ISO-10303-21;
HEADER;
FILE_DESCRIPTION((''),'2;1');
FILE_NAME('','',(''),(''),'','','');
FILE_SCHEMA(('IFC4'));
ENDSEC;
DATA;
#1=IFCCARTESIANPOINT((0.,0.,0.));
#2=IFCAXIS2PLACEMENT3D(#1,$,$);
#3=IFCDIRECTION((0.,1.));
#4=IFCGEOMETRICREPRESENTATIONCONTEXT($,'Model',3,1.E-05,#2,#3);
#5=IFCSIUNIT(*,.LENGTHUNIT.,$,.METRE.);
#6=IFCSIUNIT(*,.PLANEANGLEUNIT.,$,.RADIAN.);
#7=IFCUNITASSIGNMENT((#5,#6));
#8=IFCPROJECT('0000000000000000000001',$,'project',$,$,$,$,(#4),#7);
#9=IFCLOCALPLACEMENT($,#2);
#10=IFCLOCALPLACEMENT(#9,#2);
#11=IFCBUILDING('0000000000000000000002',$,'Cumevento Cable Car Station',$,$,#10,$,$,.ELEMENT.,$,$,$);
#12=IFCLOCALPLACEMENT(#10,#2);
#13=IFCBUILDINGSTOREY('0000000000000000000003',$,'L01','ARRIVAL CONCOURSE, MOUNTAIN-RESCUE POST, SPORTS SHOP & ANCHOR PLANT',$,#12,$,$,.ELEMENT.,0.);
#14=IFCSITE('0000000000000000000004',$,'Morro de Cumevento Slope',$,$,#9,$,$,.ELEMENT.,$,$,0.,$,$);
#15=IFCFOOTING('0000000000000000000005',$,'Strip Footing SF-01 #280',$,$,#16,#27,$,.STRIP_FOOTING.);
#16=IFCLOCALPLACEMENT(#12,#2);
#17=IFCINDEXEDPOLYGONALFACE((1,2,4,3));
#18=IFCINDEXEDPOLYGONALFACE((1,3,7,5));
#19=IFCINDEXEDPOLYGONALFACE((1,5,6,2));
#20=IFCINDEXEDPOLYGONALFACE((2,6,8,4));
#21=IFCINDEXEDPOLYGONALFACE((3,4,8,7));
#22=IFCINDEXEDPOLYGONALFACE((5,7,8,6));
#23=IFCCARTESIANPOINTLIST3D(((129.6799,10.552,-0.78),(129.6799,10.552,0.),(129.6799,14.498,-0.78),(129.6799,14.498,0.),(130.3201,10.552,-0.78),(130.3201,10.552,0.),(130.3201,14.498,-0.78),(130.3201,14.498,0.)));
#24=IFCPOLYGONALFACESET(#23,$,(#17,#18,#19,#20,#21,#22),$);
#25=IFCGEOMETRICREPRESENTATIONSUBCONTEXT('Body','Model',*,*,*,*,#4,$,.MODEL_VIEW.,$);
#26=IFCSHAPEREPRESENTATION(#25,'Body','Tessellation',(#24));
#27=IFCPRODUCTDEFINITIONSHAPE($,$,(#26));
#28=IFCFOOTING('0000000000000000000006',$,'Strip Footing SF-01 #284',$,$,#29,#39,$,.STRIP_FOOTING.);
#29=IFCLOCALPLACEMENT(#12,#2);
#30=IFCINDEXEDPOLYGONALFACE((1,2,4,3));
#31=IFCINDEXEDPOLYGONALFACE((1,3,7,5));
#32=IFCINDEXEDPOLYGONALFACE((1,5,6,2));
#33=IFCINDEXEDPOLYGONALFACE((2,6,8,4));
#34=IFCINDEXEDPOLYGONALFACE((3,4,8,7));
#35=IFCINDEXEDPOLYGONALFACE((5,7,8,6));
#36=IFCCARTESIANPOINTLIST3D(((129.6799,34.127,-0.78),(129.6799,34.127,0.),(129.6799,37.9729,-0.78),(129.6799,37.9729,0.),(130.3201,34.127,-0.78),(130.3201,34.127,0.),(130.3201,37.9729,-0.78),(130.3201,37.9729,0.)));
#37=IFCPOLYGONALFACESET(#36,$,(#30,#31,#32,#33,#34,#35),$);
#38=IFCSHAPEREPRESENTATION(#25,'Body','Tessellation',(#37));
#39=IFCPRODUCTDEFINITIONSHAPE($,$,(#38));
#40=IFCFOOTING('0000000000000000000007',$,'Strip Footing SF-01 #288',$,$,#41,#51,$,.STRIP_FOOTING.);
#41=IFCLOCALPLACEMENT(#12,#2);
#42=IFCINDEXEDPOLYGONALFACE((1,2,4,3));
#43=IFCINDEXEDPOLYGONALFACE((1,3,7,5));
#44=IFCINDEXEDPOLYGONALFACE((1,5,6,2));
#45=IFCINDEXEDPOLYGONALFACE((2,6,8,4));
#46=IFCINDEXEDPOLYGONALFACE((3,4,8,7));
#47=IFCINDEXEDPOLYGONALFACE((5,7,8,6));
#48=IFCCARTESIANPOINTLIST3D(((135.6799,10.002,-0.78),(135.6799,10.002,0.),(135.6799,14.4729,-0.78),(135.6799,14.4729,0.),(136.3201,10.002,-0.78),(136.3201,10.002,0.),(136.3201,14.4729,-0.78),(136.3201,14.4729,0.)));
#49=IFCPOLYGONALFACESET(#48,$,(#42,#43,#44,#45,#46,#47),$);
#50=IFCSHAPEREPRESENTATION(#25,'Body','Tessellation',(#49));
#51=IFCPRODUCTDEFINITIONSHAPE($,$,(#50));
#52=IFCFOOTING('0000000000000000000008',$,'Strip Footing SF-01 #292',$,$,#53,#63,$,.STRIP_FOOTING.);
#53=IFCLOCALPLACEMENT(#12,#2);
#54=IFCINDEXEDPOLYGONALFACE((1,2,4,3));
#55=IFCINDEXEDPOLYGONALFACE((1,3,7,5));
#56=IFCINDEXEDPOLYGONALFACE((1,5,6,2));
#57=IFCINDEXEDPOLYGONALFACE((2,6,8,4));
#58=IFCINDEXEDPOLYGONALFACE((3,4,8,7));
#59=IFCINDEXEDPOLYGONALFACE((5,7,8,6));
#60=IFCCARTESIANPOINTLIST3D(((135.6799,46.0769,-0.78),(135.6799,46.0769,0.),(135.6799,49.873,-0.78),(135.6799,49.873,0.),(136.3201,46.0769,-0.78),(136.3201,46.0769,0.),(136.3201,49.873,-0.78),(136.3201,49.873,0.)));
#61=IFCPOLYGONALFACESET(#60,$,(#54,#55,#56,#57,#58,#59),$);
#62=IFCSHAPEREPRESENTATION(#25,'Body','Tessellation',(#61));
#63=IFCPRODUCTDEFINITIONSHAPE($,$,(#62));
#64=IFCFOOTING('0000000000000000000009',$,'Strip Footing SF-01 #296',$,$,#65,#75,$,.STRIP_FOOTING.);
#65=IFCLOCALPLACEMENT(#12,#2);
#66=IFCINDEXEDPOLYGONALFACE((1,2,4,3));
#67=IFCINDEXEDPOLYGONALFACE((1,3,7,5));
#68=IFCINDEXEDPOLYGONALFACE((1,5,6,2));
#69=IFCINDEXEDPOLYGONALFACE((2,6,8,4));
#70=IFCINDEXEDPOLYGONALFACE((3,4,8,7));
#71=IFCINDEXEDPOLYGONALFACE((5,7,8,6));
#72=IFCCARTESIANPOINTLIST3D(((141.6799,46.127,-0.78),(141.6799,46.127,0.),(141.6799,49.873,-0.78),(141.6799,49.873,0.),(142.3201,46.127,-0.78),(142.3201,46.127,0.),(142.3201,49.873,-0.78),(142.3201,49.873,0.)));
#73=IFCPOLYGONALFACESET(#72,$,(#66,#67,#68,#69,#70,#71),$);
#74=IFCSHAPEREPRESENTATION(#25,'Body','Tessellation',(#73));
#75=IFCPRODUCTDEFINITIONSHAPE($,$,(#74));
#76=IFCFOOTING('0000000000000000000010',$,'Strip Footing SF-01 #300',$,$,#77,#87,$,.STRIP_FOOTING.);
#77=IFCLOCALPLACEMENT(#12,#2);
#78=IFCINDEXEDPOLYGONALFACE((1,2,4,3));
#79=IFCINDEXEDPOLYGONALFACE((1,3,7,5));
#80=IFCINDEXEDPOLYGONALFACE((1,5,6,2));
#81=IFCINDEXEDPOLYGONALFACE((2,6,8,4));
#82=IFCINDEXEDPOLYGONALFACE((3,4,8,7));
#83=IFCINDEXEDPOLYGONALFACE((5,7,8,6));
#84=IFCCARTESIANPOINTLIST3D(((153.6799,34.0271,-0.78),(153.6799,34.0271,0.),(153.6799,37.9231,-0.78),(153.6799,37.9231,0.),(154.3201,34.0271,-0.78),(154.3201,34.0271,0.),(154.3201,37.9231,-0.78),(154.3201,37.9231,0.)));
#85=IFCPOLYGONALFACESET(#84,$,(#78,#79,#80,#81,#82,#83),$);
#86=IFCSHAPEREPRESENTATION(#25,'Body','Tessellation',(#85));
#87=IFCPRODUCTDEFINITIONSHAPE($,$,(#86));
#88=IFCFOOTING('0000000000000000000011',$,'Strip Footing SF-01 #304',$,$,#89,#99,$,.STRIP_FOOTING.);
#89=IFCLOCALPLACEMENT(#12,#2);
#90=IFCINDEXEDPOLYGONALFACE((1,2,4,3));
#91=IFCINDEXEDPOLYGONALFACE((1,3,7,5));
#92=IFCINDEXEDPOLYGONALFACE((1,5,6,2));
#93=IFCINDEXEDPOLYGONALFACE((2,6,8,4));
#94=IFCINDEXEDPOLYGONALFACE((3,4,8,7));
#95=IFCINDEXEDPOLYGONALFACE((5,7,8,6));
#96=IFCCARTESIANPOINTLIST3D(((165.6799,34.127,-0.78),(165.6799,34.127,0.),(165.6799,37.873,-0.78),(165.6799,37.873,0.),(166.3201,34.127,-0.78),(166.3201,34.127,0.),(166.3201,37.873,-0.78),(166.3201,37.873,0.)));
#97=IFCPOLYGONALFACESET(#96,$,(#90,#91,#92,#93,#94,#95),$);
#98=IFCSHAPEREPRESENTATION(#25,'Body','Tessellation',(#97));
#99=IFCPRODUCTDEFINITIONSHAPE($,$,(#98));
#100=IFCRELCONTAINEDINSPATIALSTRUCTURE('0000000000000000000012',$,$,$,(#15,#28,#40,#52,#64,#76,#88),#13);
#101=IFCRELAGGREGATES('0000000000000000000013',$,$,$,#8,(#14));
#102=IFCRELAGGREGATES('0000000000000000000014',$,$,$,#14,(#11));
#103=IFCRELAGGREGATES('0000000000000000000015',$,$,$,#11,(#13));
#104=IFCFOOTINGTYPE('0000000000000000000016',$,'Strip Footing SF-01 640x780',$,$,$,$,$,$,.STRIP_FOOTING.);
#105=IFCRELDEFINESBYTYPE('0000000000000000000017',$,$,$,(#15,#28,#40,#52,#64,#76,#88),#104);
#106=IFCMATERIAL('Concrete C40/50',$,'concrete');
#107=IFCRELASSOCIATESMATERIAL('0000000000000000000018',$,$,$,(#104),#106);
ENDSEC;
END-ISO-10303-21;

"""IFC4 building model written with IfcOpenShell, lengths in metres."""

from ifc_helpers import new_model, si_unit, direction, frame, origin, place, context, subcontext, project, spatial, polyline, outline, extrude, material, type_object, element, save


model = new_model("IFC4")

# Units and contexts
model_context = context("Model", 3, precision=1e-05, world=origin(), true_north=direction((0.0, 1.0)))
body_context = subcontext(model_context, "Body", "Model", "MODEL_VIEW")
ifc_project = project(units=[si_unit("LENGTHUNIT", "METRE"), si_unit("PLANEANGLEUNIT", "RADIAN")], contexts=[model_context])

# Site, building, storey
site_placement = place(None, origin())
site = spatial("IfcSite", under=ifc_project, at=site_placement, Name="Morro de Cumevento Slope", CompositionType="ELEMENT", RefElevation=0.0)
building_placement = place(site_placement, origin())
building = spatial("IfcBuilding", under=site, at=building_placement, Name="Cumevento Cable Car Station", CompositionType="ELEMENT")
storey_placement = place(building_placement, origin())
storey = spatial("IfcBuildingStorey", under=building, at=storey_placement, Name="L01", Description="ARRIVAL CONCOURSE, MOUNTAIN-RESCUE POST, SPORTS SHOP & ANCHOR PLANT", CompositionType="ELEMENT", Elevation=0.0)

# Footings
ifc_material_1 = material(Name="Concrete C40/50", Category="concrete")
footing_type_1 = type_object("IfcFootingType", Name="Strip Footing SF-01 640x780", PredefinedType="STRIP_FOOTING", material=ifc_material_1)
footing_1_placement = place(storey_placement, frame((0.0, 0.0, -0.78)))
element("IfcFooting", 1, at=footing_1_placement, inside=storey, type_object=footing_type_1, Name="Strip Footing SF-01 #280", PredefinedType="STRIP_FOOTING", context=body_context, shape_type="SweptSolid", body=[
    extrude(outline(polyline([(129.6799, 10.552), (130.3201, 10.552), (130.3201, 14.498), (129.6799, 14.498), (129.6799, 10.552)])), origin(), (0.0, 0.0, 1.0), 0.78),
])
footing_2_placement = place(storey_placement, frame((0.0, 0.0, -0.78)))
element("IfcFooting", 2, at=footing_2_placement, inside=storey, type_object=footing_type_1, Name="Strip Footing SF-01 #284", PredefinedType="STRIP_FOOTING", context=body_context, shape_type="SweptSolid", body=[
    extrude(outline(polyline([(129.6799, 34.127), (130.3201, 34.127), (130.3201, 37.9729), (129.6799, 37.9729), (129.6799, 34.127)])), origin(), (0.0, 0.0, 1.0), 0.78),
])
footing_3_placement = place(storey_placement, frame((0.0, 0.0, -0.78)))
element("IfcFooting", 3, at=footing_3_placement, inside=storey, type_object=footing_type_1, Name="Strip Footing SF-01 #288", PredefinedType="STRIP_FOOTING", context=body_context, shape_type="SweptSolid", body=[
    extrude(outline(polyline([(135.6799, 10.002), (136.3201, 10.002), (136.3201, 14.4729), (135.6799, 14.4729), (135.6799, 10.002)])), origin(), (0.0, 0.0, 1.0), 0.78),
])
footing_4_placement = place(storey_placement, frame((0.0, 0.0, -0.78)))
element("IfcFooting", 4, at=footing_4_placement, inside=storey, type_object=footing_type_1, Name="Strip Footing SF-01 #292", PredefinedType="STRIP_FOOTING", context=body_context, shape_type="SweptSolid", body=[
    extrude(outline(polyline([(135.6799, 46.0769), (136.3201, 46.0769), (136.3201, 49.873), (135.6799, 49.873), (135.6799, 46.0769)])), origin(), (0.0, 0.0, 1.0), 0.78),
])
footing_5_placement = place(storey_placement, frame((0.0, 0.0, -0.78)))
element("IfcFooting", 5, at=footing_5_placement, inside=storey, type_object=footing_type_1, Name="Strip Footing SF-01 #296", PredefinedType="STRIP_FOOTING", context=body_context, shape_type="SweptSolid", body=[
    extrude(outline(polyline([(141.6799, 46.127), (142.3201, 46.127), (142.3201, 49.873), (141.6799, 49.873), (141.6799, 46.127)])), origin(), (0.0, 0.0, 1.0), 0.78),
])
footing_6_placement = place(storey_placement, frame((0.0, 0.0, -0.78)))
element("IfcFooting", 6, at=footing_6_placement, inside=storey, type_object=footing_type_1, Name="Strip Footing SF-01 #300", PredefinedType="STRIP_FOOTING", context=body_context, shape_type="SweptSolid", body=[
    extrude(outline(polyline([(153.6799, 34.0271), (154.3201, 34.0271), (154.3201, 37.9231), (153.6799, 37.9231), (153.6799, 34.0271)])), origin(), (0.0, 0.0, 1.0), 0.78),
])
footing_7_placement = place(storey_placement, frame((0.0, 0.0, -0.78)))
element("IfcFooting", 7, at=footing_7_placement, inside=storey, type_object=footing_type_1, Name="Strip Footing SF-01 #304", PredefinedType="STRIP_FOOTING", context=body_context, shape_type="SweptSolid", body=[
    extrude(outline(polyline([(165.6799, 34.127), (166.3201, 34.127), (166.3201, 37.873), (165.6799, 37.873), (165.6799, 34.127)])), origin(), (0.0, 0.0, 1.0), 0.78),
])

save(model, "model.ifc")
